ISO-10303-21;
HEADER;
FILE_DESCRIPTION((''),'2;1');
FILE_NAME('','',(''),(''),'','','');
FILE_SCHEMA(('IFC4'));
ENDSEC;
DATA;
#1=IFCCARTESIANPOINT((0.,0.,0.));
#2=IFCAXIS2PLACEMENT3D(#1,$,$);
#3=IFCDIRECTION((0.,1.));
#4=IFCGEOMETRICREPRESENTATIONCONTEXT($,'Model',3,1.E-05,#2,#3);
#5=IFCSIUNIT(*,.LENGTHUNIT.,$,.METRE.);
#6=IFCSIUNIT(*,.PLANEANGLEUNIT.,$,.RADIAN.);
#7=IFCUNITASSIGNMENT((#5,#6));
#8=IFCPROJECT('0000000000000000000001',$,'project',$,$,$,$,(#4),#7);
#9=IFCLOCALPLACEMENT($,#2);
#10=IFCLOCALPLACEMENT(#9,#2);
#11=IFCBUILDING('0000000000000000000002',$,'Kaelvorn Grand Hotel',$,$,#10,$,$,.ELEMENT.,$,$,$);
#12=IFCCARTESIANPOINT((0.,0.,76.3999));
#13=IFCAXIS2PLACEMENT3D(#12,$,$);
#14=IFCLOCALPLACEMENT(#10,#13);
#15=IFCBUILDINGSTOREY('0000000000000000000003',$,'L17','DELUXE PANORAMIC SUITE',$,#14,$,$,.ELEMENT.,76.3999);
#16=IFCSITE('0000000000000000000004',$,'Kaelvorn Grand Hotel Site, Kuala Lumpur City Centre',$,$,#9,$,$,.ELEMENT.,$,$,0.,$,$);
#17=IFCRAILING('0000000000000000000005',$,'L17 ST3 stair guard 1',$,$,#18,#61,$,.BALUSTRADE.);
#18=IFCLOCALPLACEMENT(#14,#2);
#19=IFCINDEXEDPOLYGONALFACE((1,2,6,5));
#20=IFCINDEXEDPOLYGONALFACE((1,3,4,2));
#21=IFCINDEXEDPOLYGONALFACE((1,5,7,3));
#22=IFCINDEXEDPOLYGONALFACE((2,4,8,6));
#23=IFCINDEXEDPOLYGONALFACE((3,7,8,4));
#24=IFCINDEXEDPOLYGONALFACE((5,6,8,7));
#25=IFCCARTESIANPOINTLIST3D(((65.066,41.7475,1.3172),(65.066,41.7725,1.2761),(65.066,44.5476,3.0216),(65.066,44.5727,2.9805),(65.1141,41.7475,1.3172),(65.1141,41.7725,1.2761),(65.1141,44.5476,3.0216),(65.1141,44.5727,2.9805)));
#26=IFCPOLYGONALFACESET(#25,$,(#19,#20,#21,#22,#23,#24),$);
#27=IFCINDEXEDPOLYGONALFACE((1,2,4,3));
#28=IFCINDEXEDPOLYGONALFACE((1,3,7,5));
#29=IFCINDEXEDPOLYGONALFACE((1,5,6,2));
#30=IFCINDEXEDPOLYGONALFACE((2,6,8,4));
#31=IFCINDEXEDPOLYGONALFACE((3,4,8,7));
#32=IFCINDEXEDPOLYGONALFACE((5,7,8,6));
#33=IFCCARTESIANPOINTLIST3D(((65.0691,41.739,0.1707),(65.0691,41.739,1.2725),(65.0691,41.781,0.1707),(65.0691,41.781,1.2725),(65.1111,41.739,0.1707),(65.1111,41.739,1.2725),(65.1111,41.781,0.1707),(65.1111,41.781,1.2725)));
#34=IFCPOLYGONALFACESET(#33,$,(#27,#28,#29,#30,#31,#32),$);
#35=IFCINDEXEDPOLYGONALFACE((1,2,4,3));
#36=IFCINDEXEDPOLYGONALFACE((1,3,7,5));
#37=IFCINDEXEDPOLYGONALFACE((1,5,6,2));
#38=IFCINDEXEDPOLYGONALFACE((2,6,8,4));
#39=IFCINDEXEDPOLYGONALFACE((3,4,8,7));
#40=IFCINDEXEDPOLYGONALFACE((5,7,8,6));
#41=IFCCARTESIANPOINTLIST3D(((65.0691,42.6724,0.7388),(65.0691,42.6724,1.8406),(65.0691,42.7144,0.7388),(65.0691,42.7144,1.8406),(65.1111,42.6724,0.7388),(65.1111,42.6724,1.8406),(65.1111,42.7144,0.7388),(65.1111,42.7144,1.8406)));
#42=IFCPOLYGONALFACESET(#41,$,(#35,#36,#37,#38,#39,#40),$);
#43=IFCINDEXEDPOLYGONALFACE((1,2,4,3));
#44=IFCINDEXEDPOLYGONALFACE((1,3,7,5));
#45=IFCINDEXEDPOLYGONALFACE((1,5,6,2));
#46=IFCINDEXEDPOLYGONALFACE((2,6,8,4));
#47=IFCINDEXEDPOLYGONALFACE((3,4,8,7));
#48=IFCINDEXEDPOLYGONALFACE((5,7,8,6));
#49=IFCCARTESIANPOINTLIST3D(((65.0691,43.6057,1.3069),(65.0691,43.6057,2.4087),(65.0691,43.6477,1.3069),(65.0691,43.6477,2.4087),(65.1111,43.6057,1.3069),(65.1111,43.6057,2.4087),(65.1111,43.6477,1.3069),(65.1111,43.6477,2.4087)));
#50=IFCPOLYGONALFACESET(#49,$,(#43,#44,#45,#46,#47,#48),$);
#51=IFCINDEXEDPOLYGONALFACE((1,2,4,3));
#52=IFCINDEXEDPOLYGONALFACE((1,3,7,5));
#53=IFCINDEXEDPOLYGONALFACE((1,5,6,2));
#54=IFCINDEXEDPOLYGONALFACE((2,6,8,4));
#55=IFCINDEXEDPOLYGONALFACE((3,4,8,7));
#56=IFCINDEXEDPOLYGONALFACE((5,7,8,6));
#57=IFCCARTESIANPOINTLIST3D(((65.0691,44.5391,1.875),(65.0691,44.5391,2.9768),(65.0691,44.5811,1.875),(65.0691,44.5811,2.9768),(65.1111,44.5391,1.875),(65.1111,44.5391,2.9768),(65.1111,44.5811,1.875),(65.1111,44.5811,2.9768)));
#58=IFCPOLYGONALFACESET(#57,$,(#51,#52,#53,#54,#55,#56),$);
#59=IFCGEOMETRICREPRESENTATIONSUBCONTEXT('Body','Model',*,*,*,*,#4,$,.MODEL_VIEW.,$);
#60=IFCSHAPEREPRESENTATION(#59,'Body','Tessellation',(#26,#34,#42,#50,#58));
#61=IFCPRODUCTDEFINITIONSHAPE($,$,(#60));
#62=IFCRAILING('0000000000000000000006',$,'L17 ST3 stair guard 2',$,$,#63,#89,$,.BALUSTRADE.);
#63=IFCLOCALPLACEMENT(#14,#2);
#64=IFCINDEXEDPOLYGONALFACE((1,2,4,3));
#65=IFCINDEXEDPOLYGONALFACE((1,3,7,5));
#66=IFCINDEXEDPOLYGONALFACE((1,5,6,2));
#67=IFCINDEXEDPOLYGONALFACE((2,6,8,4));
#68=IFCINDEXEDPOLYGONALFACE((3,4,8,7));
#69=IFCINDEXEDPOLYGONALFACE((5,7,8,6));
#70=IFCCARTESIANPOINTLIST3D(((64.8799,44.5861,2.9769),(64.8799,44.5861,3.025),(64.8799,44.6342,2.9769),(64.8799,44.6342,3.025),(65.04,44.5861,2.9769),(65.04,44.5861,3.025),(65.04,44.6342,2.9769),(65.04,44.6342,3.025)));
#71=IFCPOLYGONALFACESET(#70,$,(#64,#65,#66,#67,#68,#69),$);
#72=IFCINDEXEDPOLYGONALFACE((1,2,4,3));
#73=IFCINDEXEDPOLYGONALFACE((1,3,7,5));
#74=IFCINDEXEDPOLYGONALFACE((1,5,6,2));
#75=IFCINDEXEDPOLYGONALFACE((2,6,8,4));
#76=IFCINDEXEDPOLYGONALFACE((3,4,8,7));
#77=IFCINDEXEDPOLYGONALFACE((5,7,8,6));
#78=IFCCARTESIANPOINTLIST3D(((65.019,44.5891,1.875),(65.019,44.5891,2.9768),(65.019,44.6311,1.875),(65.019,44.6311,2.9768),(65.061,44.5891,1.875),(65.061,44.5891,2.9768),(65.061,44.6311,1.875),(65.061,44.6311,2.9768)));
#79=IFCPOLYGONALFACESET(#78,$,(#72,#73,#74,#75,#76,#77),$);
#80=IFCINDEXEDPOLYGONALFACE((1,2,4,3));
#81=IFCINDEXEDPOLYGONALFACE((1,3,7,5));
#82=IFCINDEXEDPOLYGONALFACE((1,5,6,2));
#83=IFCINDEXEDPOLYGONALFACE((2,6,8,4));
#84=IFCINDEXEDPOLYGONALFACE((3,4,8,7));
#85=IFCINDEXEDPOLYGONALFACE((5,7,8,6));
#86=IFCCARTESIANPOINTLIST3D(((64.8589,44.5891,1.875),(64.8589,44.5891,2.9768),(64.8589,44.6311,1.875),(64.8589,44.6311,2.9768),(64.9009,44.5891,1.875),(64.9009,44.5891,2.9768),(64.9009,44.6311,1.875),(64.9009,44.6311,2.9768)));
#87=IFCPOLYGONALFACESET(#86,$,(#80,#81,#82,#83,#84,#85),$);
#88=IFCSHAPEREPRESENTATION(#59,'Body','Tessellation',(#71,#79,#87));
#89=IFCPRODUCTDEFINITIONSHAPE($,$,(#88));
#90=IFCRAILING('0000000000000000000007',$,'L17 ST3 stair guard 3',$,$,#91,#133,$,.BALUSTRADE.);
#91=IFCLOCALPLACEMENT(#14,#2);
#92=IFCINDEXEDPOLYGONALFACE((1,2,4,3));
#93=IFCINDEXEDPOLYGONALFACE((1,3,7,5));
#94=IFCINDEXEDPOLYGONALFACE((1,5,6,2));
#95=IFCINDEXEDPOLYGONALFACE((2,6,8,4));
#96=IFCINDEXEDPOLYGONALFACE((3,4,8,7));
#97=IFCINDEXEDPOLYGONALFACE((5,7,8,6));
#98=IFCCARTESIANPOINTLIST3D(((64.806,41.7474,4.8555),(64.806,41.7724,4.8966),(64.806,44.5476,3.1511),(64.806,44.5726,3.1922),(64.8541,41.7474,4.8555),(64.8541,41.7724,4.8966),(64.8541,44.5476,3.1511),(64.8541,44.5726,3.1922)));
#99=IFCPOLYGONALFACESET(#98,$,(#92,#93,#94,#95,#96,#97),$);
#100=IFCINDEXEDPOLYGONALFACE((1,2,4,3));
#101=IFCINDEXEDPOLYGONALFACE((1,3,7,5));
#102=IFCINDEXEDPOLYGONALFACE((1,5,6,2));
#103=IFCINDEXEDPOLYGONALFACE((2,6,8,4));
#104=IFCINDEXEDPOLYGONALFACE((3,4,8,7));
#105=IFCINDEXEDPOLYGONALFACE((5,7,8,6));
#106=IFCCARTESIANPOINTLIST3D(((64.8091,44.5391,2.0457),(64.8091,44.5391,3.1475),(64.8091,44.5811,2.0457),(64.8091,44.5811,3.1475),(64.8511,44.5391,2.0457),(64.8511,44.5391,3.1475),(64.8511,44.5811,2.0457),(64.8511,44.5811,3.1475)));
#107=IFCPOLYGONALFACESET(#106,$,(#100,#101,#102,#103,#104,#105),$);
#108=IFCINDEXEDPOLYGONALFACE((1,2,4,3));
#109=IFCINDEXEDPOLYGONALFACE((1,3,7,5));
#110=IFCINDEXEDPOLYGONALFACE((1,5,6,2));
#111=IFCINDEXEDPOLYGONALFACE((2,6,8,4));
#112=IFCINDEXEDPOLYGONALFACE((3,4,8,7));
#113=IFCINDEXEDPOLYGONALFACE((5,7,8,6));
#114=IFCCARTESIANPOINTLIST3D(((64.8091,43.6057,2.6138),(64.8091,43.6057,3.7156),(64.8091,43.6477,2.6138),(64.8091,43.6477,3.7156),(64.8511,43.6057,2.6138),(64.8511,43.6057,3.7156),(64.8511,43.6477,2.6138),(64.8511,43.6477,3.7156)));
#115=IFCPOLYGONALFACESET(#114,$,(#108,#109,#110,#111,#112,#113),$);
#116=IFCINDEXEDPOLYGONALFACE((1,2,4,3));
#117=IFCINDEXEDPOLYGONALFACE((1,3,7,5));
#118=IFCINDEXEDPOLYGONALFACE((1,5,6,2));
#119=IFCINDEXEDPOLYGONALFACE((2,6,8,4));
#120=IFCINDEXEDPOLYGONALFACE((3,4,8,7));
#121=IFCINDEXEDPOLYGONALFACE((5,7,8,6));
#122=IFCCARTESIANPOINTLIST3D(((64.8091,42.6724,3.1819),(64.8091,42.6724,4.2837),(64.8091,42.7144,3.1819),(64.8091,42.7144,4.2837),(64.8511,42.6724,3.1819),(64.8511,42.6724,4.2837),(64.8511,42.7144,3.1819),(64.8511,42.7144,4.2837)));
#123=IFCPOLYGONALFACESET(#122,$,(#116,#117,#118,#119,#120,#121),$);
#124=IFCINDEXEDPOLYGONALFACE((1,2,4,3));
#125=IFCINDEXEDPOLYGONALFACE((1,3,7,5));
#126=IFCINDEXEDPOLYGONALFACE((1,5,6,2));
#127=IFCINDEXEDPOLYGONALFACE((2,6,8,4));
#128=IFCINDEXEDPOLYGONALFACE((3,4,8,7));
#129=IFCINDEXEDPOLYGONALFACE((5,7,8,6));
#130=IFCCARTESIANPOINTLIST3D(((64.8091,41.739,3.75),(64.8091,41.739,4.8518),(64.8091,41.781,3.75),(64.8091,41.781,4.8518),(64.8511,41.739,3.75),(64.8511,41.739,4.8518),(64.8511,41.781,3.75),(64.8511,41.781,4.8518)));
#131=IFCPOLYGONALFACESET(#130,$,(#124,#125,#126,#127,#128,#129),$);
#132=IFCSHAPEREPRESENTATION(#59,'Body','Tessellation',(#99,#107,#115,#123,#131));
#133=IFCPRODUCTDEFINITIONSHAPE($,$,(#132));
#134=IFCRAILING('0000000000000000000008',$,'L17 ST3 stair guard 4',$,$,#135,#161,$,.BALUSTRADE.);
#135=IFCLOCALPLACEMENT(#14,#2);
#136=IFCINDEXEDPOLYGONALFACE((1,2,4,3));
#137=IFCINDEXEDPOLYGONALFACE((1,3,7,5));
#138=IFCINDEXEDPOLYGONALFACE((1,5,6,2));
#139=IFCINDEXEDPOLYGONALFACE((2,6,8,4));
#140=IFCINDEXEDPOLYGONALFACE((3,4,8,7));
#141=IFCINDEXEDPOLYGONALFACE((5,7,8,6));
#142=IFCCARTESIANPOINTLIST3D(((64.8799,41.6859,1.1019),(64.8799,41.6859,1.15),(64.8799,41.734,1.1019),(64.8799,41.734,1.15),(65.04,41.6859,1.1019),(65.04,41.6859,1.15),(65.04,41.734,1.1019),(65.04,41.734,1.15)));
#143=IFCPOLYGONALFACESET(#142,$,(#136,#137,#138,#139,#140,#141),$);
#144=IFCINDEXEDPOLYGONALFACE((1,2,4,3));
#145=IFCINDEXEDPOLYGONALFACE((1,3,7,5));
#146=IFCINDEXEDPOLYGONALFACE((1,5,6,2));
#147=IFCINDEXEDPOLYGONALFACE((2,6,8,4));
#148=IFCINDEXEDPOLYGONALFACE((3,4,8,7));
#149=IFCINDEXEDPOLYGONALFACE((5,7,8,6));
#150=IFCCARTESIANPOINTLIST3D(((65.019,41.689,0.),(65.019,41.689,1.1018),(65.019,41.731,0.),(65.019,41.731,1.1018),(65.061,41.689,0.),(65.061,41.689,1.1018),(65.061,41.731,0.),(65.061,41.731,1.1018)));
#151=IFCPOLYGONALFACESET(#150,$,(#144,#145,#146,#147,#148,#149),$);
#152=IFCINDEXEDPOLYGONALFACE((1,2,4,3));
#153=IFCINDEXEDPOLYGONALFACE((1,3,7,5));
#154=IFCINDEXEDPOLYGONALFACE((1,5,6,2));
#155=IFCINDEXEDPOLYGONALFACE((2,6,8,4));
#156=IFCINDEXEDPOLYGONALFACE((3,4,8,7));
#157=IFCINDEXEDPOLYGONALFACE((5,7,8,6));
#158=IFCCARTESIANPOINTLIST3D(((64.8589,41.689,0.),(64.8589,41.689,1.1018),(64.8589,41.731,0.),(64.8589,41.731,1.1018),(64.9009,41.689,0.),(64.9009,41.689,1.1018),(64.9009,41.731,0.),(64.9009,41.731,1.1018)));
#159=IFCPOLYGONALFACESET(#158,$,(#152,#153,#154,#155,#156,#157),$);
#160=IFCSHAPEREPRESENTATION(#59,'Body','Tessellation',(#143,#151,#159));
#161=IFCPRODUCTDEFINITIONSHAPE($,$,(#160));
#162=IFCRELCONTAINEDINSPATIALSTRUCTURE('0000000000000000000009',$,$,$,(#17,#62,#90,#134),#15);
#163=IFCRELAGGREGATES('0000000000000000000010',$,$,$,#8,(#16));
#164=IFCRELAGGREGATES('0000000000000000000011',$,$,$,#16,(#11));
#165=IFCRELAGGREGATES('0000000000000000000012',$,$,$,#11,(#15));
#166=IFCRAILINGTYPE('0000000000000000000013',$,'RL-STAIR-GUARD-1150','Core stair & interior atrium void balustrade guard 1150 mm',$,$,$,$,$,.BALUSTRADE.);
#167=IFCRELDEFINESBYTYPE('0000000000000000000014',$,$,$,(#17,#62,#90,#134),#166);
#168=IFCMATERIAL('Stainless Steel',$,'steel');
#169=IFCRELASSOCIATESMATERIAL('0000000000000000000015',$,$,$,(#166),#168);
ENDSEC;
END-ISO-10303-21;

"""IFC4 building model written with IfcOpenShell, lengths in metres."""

from ifc_helpers import new_model, si_unit, direction, frame, origin, origin_2d, place, context, subcontext, project, spatial, rectangle, extrude, material, type_object, element, save


model = new_model("IFC4")

# Units and contexts
model_context = context("Model", 3, precision=1e-05, world=origin(), true_north=direction((0.0, 1.0)))
body_context = subcontext(model_context, "Body", "Model", "MODEL_VIEW")
ifc_project = project(units=[si_unit("LENGTHUNIT", "METRE"), si_unit("PLANEANGLEUNIT", "RADIAN")], contexts=[model_context])

# Site, building, storey
site_placement = place(None, origin())
site = spatial("IfcSite", under=ifc_project, at=site_placement, Name="Kaelvorn Grand Hotel Site, Kuala Lumpur City Centre", CompositionType="ELEMENT", RefElevation=0.0)
building_placement = place(site_placement, origin())
building = spatial("IfcBuilding", under=site, at=building_placement, Name="Kaelvorn Grand Hotel", CompositionType="ELEMENT")
storey_placement = place(building_placement, frame((0.0, 0.0, 76.3999)))
storey = spatial("IfcBuildingStorey", under=building, at=storey_placement, Name="L17", Description="DELUXE PANORAMIC SUITE", CompositionType="ELEMENT", Elevation=76.3999)

# Shared definitions
ifc_material_1 = material(Name="Stainless Steel", Category="steel")

# Railings
railing_type_1 = type_object("IfcRailingType", Name="RL-STAIR-GUARD-1150", Description="Core stair & interior atrium void balustrade guard 1150 mm", PredefinedType="BALUSTRADE", material=ifc_material_1)
railing_1_placement = place(storey_placement, frame((65.0901, 41.76, 0.1707)))
element("IfcRailing", 1, at=railing_1_placement, inside=storey, type_object=railing_type_1, Name="L17 ST3 stair guard 1", PredefinedType="BALUSTRADE", context=body_context, shape_type="SweptSolid", body=[
    extrude(rectangle(XDim=0.0481, YDim=0.0481, at=origin_2d()), frame((0.0, 0.0, 1.126), z_axis=(0.0, 0.854203, 0.51994), x_axis=(-1.0, 0.0, 0.0)), (0.0, 0.0, 1.0), 3.2781),
    extrude(rectangle(XDim=0.042, YDim=0.042, at=origin_2d()), origin(), (0.0, 0.0, 1.0), 1.1018),
    extrude(rectangle(XDim=0.042, YDim=0.042, at=origin_2d()), frame((0.0, 0.9333, 0.5681)), (0.0, 0.0, 1.0), 1.1018),
    extrude(rectangle(XDim=0.042, YDim=0.042, at=origin_2d()), frame((0.0, 1.8667, 1.1362)), (0.0, 0.0, 1.0), 1.1018),
    extrude(rectangle(XDim=0.042, YDim=0.042, at=origin_2d()), frame((0.0, 2.8, 1.7043)), (0.0, 0.0, 1.0), 1.1018),
])
railing_2_placement = place(storey_placement, frame((65.04, 44.6101, 1.875)))
element("IfcRailing", 2, at=railing_2_placement, inside=storey, type_object=railing_type_1, Name="L17 ST3 stair guard 2", PredefinedType="BALUSTRADE", context=body_context, shape_type="SweptSolid", body=[
    extrude(rectangle(XDim=0.0481, YDim=0.0481, at=origin_2d()), frame((0.0, 0.0, 1.126), z_axis=(-1.0, 0.0, 0.0), x_axis=(0.0, -1.0, 0.0)), (0.0, 0.0, 1.0), 0.1602),
    extrude(rectangle(XDim=0.042, YDim=0.042, at=origin_2d()), origin(), (0.0, 0.0, 1.0), 1.1018),
    extrude(rectangle(XDim=0.042, YDim=0.042, at=origin_2d()), frame((-0.1602, 0.0, 0.0)), (0.0, 0.0, 1.0), 1.1018),
])
railing_3_placement = place(storey_placement, frame((64.8301, 44.5601, 2.0457)))
element("IfcRailing", 3, at=railing_3_placement, inside=storey, type_object=railing_type_1, Name="L17 ST3 stair guard 3", PredefinedType="BALUSTRADE", context=body_context, shape_type="SweptSolid", body=[
    extrude(rectangle(XDim=0.0481, YDim=0.0481, at=origin_2d()), frame((0.0, 0.0, 1.126), z_axis=(0.0, -0.854203, 0.51994), x_axis=(1.0, 0.0, 0.0)), (0.0, 0.0, 1.0), 3.2781),
    extrude(rectangle(XDim=0.042, YDim=0.042, at=origin_2d()), origin(), (0.0, 0.0, 1.0), 1.1018),
    extrude(rectangle(XDim=0.042, YDim=0.042, at=origin_2d()), frame((0.0, -0.9333, 0.5681)), (0.0, 0.0, 1.0), 1.1018),
    extrude(rectangle(XDim=0.042, YDim=0.042, at=origin_2d()), frame((0.0, -1.8667, 1.1362)), (0.0, 0.0, 1.0), 1.1018),
    extrude(rectangle(XDim=0.042, YDim=0.042, at=origin_2d()), frame((0.0, -2.8, 1.7043)), (0.0, 0.0, 1.0), 1.1018),
])
railing_4_placement = place(storey_placement, frame((65.04, 41.71, 0.0)))
element("IfcRailing", 4, at=railing_4_placement, inside=storey, type_object=railing_type_1, Name="L17 ST3 stair guard 4", PredefinedType="BALUSTRADE", context=body_context, shape_type="SweptSolid", body=[
    extrude(rectangle(XDim=0.0481, YDim=0.0481, at=origin_2d()), frame((0.0, 0.0, 1.126), z_axis=(-1.0, 0.0, 0.0), x_axis=(0.0, -1.0, 0.0)), (0.0, 0.0, 1.0), 0.1602),
    extrude(rectangle(XDim=0.042, YDim=0.042, at=origin_2d()), origin(), (0.0, 0.0, 1.0), 1.1018),
    extrude(rectangle(XDim=0.042, YDim=0.042, at=origin_2d()), frame((-0.1602, 0.0, 0.0)), (0.0, 0.0, 1.0), 1.1018),
])

save(model, "model.ifc")
